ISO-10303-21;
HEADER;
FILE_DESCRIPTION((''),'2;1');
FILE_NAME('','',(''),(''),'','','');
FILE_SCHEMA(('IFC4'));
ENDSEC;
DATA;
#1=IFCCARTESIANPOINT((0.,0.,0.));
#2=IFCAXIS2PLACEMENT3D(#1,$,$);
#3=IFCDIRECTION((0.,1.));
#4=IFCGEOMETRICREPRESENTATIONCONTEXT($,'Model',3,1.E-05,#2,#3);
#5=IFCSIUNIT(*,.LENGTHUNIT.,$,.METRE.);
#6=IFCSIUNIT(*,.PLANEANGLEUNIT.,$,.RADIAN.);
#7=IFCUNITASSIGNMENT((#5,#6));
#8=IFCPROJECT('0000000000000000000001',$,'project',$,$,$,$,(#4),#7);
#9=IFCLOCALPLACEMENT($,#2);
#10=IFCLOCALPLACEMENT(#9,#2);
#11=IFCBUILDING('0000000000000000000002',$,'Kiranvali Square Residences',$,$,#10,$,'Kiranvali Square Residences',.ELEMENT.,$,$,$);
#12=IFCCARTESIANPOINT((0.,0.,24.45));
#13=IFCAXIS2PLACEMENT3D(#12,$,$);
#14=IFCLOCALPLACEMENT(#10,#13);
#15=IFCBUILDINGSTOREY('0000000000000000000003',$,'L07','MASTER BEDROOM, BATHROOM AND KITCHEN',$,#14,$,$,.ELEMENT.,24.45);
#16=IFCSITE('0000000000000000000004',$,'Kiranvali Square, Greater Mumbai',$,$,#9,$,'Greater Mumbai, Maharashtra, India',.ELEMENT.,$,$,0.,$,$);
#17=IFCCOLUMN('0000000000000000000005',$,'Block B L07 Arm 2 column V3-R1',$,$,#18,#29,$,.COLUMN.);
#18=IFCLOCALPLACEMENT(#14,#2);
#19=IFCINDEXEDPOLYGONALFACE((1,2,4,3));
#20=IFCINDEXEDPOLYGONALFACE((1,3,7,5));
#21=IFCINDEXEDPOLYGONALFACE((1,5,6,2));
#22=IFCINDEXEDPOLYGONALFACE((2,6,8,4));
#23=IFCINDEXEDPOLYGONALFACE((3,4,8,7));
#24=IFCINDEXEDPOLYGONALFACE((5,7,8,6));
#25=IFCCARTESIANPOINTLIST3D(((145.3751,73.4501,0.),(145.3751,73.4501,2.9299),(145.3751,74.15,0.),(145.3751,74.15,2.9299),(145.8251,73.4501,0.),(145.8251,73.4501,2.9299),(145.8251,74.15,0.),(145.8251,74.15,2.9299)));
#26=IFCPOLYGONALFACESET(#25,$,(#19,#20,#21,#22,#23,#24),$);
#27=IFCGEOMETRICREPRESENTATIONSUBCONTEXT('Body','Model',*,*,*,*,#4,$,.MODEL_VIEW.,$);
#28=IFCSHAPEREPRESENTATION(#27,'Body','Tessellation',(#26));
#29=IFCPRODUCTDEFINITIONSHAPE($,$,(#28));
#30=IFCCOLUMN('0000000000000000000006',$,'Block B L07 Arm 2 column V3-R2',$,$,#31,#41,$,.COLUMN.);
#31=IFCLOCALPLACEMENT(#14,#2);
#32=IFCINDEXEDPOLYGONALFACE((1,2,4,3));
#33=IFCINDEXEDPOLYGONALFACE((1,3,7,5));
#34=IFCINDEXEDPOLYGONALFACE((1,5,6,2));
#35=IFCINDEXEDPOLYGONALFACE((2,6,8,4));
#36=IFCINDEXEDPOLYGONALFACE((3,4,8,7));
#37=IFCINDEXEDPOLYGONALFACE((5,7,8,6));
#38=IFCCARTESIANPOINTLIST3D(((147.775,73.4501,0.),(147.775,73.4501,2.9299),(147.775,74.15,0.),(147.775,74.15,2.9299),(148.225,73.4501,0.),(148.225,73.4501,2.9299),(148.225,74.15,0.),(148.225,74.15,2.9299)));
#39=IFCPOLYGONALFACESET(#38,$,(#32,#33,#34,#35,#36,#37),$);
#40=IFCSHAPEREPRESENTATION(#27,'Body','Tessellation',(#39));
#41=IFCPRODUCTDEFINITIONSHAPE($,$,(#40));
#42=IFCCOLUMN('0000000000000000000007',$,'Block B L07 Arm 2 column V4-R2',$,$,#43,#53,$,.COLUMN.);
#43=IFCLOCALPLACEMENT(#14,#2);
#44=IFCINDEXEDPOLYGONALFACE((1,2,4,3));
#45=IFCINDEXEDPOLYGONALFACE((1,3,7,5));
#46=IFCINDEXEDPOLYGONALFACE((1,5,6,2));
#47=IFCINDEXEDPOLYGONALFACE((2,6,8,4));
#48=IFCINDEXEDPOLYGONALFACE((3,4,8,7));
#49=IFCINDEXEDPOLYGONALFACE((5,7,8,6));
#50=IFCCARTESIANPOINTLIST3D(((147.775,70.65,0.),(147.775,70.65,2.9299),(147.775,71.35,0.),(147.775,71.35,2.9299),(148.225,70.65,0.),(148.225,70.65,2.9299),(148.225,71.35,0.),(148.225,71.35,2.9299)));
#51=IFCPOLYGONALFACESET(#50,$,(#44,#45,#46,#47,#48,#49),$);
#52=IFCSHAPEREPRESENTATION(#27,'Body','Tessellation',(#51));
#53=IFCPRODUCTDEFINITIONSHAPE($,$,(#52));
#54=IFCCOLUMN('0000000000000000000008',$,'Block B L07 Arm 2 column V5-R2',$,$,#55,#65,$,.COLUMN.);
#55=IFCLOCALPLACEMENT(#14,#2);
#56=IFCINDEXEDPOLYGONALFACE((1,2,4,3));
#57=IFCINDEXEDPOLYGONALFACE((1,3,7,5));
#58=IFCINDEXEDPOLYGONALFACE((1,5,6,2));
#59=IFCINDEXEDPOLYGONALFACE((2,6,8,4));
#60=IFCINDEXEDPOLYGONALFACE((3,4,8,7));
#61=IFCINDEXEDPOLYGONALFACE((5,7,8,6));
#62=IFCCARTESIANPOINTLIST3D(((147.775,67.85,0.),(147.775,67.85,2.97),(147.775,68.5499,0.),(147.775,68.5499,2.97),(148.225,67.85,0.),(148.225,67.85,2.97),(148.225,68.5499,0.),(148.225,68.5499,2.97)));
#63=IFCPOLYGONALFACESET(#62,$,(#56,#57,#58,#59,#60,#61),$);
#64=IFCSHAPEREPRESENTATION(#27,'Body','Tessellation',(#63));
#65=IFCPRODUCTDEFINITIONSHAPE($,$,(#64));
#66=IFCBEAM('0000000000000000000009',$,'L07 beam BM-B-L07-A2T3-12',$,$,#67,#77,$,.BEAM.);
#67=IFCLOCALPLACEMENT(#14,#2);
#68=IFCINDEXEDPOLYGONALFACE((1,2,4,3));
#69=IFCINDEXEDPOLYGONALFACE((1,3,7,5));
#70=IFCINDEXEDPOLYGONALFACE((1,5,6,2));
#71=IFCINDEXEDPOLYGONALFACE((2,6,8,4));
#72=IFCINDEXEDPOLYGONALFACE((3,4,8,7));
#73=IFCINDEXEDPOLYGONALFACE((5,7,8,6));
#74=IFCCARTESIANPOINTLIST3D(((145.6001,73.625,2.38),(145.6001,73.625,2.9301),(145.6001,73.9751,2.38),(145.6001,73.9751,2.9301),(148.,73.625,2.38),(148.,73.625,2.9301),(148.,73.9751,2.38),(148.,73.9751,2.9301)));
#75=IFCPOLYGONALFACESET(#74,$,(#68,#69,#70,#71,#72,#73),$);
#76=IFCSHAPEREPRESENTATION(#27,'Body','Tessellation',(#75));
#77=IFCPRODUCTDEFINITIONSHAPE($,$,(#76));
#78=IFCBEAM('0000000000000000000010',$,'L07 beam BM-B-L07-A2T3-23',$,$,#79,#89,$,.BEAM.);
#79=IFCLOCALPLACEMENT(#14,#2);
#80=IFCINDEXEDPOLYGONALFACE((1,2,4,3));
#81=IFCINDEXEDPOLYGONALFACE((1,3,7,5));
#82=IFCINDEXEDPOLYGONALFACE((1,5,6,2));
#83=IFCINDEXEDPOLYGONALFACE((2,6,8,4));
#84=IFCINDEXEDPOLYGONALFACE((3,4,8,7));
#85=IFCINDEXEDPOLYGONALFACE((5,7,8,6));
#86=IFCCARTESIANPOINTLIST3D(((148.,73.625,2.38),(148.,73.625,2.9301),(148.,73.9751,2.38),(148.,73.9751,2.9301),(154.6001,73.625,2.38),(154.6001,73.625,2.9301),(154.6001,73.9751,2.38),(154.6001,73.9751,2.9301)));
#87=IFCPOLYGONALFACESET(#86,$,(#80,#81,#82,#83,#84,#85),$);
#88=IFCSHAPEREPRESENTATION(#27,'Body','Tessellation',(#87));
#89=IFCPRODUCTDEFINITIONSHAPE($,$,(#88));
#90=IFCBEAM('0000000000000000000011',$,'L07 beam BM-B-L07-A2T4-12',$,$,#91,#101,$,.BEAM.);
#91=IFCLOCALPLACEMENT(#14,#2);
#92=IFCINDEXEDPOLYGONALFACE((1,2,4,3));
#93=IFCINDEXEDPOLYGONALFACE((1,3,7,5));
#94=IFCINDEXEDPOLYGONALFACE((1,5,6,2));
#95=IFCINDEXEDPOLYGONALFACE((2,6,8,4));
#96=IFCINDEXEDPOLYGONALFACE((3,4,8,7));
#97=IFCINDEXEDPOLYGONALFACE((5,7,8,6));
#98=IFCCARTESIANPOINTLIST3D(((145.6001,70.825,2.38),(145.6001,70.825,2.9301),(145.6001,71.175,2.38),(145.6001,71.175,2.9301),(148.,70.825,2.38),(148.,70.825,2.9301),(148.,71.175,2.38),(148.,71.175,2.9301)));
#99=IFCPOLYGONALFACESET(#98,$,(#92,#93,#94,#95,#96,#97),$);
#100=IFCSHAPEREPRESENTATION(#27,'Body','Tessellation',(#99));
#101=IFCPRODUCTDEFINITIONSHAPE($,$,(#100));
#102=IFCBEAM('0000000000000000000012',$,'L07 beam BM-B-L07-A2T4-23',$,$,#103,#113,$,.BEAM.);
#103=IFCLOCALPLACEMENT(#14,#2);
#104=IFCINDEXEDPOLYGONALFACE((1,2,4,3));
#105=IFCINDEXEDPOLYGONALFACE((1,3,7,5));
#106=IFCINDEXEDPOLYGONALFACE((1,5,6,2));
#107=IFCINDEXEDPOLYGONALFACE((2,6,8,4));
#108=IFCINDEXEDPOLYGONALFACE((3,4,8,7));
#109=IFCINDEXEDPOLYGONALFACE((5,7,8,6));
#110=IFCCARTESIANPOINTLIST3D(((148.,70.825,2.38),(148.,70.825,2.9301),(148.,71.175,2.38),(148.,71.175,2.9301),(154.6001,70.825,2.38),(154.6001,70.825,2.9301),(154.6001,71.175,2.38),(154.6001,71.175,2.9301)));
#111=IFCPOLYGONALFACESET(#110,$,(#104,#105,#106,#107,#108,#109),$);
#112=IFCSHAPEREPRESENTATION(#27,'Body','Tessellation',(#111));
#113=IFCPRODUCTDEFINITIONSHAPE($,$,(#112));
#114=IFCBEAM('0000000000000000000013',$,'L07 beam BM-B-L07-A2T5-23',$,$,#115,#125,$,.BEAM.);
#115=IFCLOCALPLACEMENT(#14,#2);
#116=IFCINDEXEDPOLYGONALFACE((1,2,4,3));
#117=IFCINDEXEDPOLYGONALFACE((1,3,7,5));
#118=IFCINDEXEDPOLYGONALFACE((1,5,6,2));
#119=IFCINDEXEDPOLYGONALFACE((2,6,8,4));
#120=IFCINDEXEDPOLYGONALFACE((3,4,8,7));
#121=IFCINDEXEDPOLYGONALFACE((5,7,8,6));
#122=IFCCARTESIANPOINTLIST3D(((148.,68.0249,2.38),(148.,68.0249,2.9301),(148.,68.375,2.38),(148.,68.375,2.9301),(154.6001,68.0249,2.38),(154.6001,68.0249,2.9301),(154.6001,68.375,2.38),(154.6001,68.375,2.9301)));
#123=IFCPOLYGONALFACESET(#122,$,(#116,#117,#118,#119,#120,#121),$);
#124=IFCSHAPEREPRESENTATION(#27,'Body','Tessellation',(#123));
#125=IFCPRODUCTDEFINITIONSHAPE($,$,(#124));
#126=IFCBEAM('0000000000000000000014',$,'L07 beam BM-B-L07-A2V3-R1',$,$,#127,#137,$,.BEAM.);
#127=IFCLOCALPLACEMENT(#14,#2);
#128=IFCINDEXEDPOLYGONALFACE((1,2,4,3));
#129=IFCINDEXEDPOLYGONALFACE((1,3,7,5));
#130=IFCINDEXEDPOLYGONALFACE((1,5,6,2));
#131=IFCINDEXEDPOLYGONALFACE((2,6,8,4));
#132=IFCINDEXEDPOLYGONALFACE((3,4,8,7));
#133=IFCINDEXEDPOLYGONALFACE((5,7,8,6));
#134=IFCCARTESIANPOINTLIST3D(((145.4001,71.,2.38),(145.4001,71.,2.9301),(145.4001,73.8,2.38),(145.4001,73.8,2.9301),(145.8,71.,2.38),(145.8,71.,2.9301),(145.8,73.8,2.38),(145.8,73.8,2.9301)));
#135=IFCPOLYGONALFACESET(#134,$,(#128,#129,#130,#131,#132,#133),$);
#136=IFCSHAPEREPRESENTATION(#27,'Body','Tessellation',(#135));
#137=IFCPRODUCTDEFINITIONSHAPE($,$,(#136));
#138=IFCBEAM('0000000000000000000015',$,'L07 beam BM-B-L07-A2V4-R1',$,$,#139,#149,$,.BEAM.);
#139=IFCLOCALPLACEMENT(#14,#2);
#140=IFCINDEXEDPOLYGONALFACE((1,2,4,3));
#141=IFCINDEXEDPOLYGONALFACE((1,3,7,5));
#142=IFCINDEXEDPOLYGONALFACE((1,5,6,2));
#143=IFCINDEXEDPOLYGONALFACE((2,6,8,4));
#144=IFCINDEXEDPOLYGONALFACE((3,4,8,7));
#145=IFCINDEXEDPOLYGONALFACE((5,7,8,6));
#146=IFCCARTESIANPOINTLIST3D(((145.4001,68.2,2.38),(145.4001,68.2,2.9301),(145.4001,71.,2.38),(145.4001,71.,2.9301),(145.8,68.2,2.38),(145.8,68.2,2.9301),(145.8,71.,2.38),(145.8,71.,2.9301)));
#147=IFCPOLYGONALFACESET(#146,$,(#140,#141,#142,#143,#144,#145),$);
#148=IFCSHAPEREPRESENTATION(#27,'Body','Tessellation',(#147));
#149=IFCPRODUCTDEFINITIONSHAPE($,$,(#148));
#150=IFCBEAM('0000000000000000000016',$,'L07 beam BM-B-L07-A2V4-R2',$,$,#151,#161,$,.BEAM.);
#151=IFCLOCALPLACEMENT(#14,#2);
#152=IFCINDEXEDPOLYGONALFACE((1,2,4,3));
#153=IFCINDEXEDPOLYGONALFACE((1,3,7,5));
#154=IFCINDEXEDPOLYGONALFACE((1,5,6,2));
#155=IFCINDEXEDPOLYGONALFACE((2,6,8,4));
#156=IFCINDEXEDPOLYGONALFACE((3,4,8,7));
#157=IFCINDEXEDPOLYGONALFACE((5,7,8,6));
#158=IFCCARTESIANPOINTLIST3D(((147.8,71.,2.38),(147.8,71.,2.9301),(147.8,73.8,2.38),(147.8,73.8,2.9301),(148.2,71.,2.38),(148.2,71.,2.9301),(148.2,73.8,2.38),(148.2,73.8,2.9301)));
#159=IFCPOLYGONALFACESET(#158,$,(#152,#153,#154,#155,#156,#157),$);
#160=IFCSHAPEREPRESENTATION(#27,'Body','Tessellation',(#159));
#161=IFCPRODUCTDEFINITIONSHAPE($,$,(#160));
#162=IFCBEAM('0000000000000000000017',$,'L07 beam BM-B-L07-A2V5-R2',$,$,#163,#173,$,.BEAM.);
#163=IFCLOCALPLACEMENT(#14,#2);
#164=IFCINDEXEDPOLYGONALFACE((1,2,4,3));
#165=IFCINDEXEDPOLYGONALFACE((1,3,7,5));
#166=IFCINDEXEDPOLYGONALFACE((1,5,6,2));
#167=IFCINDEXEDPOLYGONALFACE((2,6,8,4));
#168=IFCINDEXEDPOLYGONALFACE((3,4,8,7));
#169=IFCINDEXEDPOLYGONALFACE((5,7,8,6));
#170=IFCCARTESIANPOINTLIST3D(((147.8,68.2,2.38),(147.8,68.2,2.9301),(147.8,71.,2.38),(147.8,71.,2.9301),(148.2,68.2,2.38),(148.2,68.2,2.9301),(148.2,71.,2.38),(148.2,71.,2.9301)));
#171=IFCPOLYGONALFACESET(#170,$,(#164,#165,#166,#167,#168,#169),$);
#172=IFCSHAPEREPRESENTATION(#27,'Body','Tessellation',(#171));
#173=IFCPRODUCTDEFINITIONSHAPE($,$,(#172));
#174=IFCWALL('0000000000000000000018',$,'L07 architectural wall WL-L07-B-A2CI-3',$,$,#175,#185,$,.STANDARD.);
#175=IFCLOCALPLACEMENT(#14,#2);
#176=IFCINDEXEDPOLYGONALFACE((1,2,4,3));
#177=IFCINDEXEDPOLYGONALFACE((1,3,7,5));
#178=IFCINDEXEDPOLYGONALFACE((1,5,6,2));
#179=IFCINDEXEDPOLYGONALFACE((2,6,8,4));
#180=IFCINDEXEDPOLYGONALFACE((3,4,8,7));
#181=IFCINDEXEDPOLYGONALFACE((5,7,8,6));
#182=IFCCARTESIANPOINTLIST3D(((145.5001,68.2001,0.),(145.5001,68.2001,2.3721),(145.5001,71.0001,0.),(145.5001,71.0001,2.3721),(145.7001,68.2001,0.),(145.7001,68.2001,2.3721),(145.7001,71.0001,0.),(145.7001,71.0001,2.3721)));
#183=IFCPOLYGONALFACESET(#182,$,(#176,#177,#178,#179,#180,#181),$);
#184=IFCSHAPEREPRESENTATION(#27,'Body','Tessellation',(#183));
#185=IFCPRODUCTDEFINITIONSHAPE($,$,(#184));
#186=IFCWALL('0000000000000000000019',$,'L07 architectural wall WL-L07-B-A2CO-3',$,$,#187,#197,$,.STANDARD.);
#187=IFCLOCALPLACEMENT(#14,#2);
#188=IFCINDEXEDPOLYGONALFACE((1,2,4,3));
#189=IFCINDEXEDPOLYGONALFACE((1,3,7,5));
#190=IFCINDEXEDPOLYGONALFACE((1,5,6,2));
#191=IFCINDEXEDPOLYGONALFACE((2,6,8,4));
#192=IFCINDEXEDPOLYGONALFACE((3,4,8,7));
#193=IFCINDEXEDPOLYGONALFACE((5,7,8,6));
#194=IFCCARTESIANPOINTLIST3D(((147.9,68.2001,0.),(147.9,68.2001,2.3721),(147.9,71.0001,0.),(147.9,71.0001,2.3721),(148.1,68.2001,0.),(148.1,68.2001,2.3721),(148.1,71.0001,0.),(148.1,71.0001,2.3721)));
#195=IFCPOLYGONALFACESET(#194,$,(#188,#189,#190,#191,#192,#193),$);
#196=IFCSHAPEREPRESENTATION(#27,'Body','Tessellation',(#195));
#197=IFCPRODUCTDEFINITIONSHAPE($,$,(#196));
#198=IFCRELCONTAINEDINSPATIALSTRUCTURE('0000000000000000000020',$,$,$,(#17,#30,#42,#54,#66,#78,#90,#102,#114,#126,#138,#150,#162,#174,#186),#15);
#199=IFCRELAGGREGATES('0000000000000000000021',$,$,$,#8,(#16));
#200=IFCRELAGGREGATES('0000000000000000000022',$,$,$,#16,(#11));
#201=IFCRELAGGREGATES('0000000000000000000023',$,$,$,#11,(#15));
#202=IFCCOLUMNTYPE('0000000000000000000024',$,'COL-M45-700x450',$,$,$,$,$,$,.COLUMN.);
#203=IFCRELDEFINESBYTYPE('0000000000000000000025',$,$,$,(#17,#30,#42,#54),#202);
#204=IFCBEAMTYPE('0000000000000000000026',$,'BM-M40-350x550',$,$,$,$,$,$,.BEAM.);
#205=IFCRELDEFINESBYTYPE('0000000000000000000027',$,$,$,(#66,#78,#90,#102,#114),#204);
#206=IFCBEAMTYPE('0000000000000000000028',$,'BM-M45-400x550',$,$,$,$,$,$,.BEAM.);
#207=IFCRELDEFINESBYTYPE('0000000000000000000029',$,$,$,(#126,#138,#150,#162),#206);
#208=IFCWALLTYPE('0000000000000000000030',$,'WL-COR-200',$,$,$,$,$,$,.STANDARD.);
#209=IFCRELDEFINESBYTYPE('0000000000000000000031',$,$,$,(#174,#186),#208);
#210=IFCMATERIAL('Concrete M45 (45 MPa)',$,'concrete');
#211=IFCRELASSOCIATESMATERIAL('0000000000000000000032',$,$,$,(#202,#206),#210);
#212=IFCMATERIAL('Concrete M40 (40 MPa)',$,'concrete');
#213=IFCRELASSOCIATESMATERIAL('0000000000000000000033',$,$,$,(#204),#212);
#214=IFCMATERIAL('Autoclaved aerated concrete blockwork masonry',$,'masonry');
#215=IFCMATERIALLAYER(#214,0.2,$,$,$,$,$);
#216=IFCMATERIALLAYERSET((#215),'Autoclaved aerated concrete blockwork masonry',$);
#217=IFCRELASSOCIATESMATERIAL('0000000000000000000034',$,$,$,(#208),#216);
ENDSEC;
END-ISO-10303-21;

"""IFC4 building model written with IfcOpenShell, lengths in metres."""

from ifc_helpers import new_model, si_unit, direction, frame, frame_2d, origin, origin_2d, place, context, subcontext, project, spatial, rectangle, extrude, material, layer, layer_set, material_profile, profile_set, type_object, element, save


model = new_model("IFC4")

# Units and contexts
model_context = context("Model", 3, precision=1e-05, world=origin(), true_north=direction((0.0, 1.0)))
body_context = subcontext(model_context, "Body", "Model", "MODEL_VIEW")
ifc_project = project(units=[si_unit("LENGTHUNIT", "METRE"), si_unit("PLANEANGLEUNIT", "RADIAN")], contexts=[model_context])

# Site, building, storey
site_placement = place(None, origin())
site = spatial("IfcSite", under=ifc_project, at=site_placement, Name="Kiranvali Square, Greater Mumbai", LongName="Greater Mumbai, Maharashtra, India", CompositionType="ELEMENT", RefElevation=0.0)
building_placement = place(site_placement, origin())
building = spatial("IfcBuilding", under=site, at=building_placement, Name="Kiranvali Square Residences", LongName="Kiranvali Square Residences", CompositionType="ELEMENT")
storey_placement = place(building_placement, frame((0.0, 0.0, 24.45)))
storey = spatial("IfcBuildingStorey", under=building, at=storey_placement, Name="L07", Description="MASTER BEDROOM, BATHROOM AND KITCHEN", CompositionType="ELEMENT", Elevation=24.45)

# Columns
ifc_material_1 = material(Name="Concrete M45 (45 MPa)", Category="concrete")
ifc_material_profile_1 = material_profile(ifc_material_1, rectangle(XDim=0.45, YDim=0.7, at=origin_2d()), Name="RC 700x450")
ifc_profile_set_1 = profile_set([ifc_material_profile_1], Name="Concrete M45 (45 MPa)")
column_type = type_object("IfcColumnType", Name="COL-M45-700x450", PredefinedType="COLUMN", material=ifc_profile_set_1)
for number, where, z_axis, x_axis, name in (
    (1, (145.6001, 73.8, 0.0), (0.0, 0.0, 1.0), (1.0, 0.0, 0.0), "Block B L07 Arm 2 column V3-R1"),
    (2, (148.0, 73.8, 0.0), (0.0, 0.0, 1.0), (1.0, 0.0, 0.0), "Block B L07 Arm 2 column V3-R2"),
    (3, (148.0, 71.0, 0.0), (0.0, 0.0, 1.0), (1.0, 0.0, 0.0), "Block B L07 Arm 2 column V4-R2"),
):
    element("IfcColumn", number, at=place(storey_placement, frame(where, z_axis=z_axis, x_axis=x_axis)), inside=storey, type_object=column_type, Name=name, PredefinedType="COLUMN", context=body_context, shape_type="SweptSolid", body=[
        extrude(rectangle(XDim=0.45, YDim=0.7, at=origin_2d()), origin(), (0.0, 0.0, 1.0), 2.9299),
    ])
column_placement = place(storey_placement, frame((148.0, 68.2, 0.0), z_axis=(0.0, 0.0, 1.0), x_axis=(1.0, 0.0, 0.0)))
element("IfcColumn", 4, at=column_placement, inside=storey, type_object=column_type, Name="Block B L07 Arm 2 column V5-R2", PredefinedType="COLUMN", context=body_context, shape_type="SweptSolid", body=[
    extrude(rectangle(XDim=0.45, YDim=0.7, at=origin_2d()), origin(), (0.0, 0.0, 1.0), 2.97),
])

# Beams
ifc_material_2 = material(Name="Concrete M40 (40 MPa)", Category="concrete")
ifc_material_profile_2 = material_profile(ifc_material_2, rectangle(XDim=0.3501, YDim=0.55, at=origin_2d()), Name="RC 350x550")
ifc_profile_set_2 = profile_set([ifc_material_profile_2], Name="Concrete M40 (40 MPa)")
beam_type_1 = type_object("IfcBeamType", Name="BM-M40-350x550", PredefinedType="BEAM", material=ifc_profile_set_2)
beam_1_placement = place(storey_placement, frame((145.6001, 73.8, 2.655), z_axis=(1.0, 0.0, 0.0), x_axis=(0.0, 1.0, 0.0)))
element("IfcBeam", 5, at=beam_1_placement, inside=storey, type_object=beam_type_1, Name="L07 beam BM-B-L07-A2T3-12", PredefinedType="BEAM", context=body_context, shape_type="SweptSolid", body=[
    extrude(rectangle(XDim=0.3501, YDim=0.55, at=origin_2d()), origin(), (0.0, 0.0, 1.0), 2.3999),
])
beam_2_placement = place(storey_placement, frame((148.0, 73.8, 2.655), z_axis=(1.0, 0.0, 0.0), x_axis=(0.0, 1.0, 0.0)))
element("IfcBeam", 6, at=beam_2_placement, inside=storey, type_object=beam_type_1, Name="L07 beam BM-B-L07-A2T3-23", PredefinedType="BEAM", context=body_context, shape_type="SweptSolid", body=[
    extrude(rectangle(XDim=0.3501, YDim=0.55, at=origin_2d()), origin(), (0.0, 0.0, 1.0), 6.6001),
])
beam_3_placement = place(storey_placement, frame((145.6001, 71.0, 2.655), z_axis=(1.0, 0.0, 0.0), x_axis=(0.0, 1.0, 0.0)))
element("IfcBeam", 7, at=beam_3_placement, inside=storey, type_object=beam_type_1, Name="L07 beam BM-B-L07-A2T4-12", PredefinedType="BEAM", context=body_context, shape_type="SweptSolid", body=[
    extrude(rectangle(XDim=0.3501, YDim=0.55, at=origin_2d()), origin(), (0.0, 0.0, 1.0), 2.3999),
])
for number, where, z_axis, x_axis, name in (
    (8, (148.0, 71.0, 2.655), (1.0, 0.0, 0.0), (0.0, 1.0, 0.0), "L07 beam BM-B-L07-A2T4-23"),
    (9, (148.0, 68.2, 2.655), (1.0, 0.0, 0.0), (0.0, 1.0, 0.0), "L07 beam BM-B-L07-A2T5-23"),
):
    element("IfcBeam", number, at=place(storey_placement, frame(where, z_axis=z_axis, x_axis=x_axis)), inside=storey, type_object=beam_type_1, Name=name, PredefinedType="BEAM", context=body_context, shape_type="SweptSolid", body=[
        extrude(rectangle(XDim=0.3501, YDim=0.55, at=origin_2d()), origin(), (0.0, 0.0, 1.0), 6.6001),
    ])
ifc_material_profile_3 = material_profile(ifc_material_1, rectangle(XDim=0.3999, YDim=0.55, at=origin_2d()), Name="RC 400x550")
ifc_profile_set_3 = profile_set([ifc_material_profile_3], Name="Concrete M45 (45 MPa)")
beam_type_2 = type_object("IfcBeamType", Name="BM-M45-400x550", PredefinedType="BEAM", material=ifc_profile_set_3)
for number, where, z_axis, x_axis, name in (
    (10, (145.6001, 73.8, 2.655), (0.0, -1.0, 0.0), (1.0, 0.0, 0.0), "L07 beam BM-B-L07-A2V3-R1"),
    (11, (145.6001, 71.0, 2.655), (0.0, -1.0, 0.0), (1.0, 0.0, 0.0), "L07 beam BM-B-L07-A2V4-R1"),
    (12, (148.0, 73.8, 2.655), (0.0, -1.0, 0.0), (1.0, 0.0, 0.0), "L07 beam BM-B-L07-A2V4-R2"),
    (13, (148.0, 71.0, 2.655), (0.0, -1.0, 0.0), (1.0, 0.0, 0.0), "L07 beam BM-B-L07-A2V5-R2"),
):
    element("IfcBeam", number, at=place(storey_placement, frame(where, z_axis=z_axis, x_axis=x_axis)), inside=storey, type_object=beam_type_2, Name=name, PredefinedType="BEAM", context=body_context, shape_type="SweptSolid", body=[
        extrude(rectangle(XDim=0.3999, YDim=0.55, at=origin_2d()), origin(), (0.0, 0.0, 1.0), 2.8),
    ])

# Shared definitions
ifc_material_3 = material(Name="Autoclaved aerated concrete blockwork masonry", Category="masonry")
ifc_layer_1 = layer(ifc_material_3, 0.2)
ifc_layer_set_1 = layer_set([ifc_layer_1], Name="Autoclaved aerated concrete blockwork masonry")
wall_type_1 = type_object("IfcWallType", Name="WL-COR-200", PredefinedType="STANDARD", material=ifc_layer_set_1)

# Walls
for number, where, z_axis, x_axis, name in (
    (14, (145.6001, 71.0, 0.0), (0.0, 0.0, 1.0), (0.0, -1.0, 0.0), "L07 architectural wall WL-L07-B-A2CI-3"),
    (15, (148.0, 71.0, 0.0), (0.0, 0.0, 1.0), (0.0, -1.0, 0.0), "L07 architectural wall WL-L07-B-A2CO-3"),
):
    element("IfcWall", number, at=place(storey_placement, frame(where, z_axis=z_axis, x_axis=x_axis)), inside=storey, type_object=wall_type_1, Name=name, PredefinedType="STANDARD", context=body_context, shape_type="SweptSolid", body=[
        extrude(rectangle(XDim=2.8, YDim=0.2, at=frame_2d((1.3999, 0.0))), origin(), (0.0, 0.0, 1.0), 2.3721),
    ])

save(model, "model.ifc")
